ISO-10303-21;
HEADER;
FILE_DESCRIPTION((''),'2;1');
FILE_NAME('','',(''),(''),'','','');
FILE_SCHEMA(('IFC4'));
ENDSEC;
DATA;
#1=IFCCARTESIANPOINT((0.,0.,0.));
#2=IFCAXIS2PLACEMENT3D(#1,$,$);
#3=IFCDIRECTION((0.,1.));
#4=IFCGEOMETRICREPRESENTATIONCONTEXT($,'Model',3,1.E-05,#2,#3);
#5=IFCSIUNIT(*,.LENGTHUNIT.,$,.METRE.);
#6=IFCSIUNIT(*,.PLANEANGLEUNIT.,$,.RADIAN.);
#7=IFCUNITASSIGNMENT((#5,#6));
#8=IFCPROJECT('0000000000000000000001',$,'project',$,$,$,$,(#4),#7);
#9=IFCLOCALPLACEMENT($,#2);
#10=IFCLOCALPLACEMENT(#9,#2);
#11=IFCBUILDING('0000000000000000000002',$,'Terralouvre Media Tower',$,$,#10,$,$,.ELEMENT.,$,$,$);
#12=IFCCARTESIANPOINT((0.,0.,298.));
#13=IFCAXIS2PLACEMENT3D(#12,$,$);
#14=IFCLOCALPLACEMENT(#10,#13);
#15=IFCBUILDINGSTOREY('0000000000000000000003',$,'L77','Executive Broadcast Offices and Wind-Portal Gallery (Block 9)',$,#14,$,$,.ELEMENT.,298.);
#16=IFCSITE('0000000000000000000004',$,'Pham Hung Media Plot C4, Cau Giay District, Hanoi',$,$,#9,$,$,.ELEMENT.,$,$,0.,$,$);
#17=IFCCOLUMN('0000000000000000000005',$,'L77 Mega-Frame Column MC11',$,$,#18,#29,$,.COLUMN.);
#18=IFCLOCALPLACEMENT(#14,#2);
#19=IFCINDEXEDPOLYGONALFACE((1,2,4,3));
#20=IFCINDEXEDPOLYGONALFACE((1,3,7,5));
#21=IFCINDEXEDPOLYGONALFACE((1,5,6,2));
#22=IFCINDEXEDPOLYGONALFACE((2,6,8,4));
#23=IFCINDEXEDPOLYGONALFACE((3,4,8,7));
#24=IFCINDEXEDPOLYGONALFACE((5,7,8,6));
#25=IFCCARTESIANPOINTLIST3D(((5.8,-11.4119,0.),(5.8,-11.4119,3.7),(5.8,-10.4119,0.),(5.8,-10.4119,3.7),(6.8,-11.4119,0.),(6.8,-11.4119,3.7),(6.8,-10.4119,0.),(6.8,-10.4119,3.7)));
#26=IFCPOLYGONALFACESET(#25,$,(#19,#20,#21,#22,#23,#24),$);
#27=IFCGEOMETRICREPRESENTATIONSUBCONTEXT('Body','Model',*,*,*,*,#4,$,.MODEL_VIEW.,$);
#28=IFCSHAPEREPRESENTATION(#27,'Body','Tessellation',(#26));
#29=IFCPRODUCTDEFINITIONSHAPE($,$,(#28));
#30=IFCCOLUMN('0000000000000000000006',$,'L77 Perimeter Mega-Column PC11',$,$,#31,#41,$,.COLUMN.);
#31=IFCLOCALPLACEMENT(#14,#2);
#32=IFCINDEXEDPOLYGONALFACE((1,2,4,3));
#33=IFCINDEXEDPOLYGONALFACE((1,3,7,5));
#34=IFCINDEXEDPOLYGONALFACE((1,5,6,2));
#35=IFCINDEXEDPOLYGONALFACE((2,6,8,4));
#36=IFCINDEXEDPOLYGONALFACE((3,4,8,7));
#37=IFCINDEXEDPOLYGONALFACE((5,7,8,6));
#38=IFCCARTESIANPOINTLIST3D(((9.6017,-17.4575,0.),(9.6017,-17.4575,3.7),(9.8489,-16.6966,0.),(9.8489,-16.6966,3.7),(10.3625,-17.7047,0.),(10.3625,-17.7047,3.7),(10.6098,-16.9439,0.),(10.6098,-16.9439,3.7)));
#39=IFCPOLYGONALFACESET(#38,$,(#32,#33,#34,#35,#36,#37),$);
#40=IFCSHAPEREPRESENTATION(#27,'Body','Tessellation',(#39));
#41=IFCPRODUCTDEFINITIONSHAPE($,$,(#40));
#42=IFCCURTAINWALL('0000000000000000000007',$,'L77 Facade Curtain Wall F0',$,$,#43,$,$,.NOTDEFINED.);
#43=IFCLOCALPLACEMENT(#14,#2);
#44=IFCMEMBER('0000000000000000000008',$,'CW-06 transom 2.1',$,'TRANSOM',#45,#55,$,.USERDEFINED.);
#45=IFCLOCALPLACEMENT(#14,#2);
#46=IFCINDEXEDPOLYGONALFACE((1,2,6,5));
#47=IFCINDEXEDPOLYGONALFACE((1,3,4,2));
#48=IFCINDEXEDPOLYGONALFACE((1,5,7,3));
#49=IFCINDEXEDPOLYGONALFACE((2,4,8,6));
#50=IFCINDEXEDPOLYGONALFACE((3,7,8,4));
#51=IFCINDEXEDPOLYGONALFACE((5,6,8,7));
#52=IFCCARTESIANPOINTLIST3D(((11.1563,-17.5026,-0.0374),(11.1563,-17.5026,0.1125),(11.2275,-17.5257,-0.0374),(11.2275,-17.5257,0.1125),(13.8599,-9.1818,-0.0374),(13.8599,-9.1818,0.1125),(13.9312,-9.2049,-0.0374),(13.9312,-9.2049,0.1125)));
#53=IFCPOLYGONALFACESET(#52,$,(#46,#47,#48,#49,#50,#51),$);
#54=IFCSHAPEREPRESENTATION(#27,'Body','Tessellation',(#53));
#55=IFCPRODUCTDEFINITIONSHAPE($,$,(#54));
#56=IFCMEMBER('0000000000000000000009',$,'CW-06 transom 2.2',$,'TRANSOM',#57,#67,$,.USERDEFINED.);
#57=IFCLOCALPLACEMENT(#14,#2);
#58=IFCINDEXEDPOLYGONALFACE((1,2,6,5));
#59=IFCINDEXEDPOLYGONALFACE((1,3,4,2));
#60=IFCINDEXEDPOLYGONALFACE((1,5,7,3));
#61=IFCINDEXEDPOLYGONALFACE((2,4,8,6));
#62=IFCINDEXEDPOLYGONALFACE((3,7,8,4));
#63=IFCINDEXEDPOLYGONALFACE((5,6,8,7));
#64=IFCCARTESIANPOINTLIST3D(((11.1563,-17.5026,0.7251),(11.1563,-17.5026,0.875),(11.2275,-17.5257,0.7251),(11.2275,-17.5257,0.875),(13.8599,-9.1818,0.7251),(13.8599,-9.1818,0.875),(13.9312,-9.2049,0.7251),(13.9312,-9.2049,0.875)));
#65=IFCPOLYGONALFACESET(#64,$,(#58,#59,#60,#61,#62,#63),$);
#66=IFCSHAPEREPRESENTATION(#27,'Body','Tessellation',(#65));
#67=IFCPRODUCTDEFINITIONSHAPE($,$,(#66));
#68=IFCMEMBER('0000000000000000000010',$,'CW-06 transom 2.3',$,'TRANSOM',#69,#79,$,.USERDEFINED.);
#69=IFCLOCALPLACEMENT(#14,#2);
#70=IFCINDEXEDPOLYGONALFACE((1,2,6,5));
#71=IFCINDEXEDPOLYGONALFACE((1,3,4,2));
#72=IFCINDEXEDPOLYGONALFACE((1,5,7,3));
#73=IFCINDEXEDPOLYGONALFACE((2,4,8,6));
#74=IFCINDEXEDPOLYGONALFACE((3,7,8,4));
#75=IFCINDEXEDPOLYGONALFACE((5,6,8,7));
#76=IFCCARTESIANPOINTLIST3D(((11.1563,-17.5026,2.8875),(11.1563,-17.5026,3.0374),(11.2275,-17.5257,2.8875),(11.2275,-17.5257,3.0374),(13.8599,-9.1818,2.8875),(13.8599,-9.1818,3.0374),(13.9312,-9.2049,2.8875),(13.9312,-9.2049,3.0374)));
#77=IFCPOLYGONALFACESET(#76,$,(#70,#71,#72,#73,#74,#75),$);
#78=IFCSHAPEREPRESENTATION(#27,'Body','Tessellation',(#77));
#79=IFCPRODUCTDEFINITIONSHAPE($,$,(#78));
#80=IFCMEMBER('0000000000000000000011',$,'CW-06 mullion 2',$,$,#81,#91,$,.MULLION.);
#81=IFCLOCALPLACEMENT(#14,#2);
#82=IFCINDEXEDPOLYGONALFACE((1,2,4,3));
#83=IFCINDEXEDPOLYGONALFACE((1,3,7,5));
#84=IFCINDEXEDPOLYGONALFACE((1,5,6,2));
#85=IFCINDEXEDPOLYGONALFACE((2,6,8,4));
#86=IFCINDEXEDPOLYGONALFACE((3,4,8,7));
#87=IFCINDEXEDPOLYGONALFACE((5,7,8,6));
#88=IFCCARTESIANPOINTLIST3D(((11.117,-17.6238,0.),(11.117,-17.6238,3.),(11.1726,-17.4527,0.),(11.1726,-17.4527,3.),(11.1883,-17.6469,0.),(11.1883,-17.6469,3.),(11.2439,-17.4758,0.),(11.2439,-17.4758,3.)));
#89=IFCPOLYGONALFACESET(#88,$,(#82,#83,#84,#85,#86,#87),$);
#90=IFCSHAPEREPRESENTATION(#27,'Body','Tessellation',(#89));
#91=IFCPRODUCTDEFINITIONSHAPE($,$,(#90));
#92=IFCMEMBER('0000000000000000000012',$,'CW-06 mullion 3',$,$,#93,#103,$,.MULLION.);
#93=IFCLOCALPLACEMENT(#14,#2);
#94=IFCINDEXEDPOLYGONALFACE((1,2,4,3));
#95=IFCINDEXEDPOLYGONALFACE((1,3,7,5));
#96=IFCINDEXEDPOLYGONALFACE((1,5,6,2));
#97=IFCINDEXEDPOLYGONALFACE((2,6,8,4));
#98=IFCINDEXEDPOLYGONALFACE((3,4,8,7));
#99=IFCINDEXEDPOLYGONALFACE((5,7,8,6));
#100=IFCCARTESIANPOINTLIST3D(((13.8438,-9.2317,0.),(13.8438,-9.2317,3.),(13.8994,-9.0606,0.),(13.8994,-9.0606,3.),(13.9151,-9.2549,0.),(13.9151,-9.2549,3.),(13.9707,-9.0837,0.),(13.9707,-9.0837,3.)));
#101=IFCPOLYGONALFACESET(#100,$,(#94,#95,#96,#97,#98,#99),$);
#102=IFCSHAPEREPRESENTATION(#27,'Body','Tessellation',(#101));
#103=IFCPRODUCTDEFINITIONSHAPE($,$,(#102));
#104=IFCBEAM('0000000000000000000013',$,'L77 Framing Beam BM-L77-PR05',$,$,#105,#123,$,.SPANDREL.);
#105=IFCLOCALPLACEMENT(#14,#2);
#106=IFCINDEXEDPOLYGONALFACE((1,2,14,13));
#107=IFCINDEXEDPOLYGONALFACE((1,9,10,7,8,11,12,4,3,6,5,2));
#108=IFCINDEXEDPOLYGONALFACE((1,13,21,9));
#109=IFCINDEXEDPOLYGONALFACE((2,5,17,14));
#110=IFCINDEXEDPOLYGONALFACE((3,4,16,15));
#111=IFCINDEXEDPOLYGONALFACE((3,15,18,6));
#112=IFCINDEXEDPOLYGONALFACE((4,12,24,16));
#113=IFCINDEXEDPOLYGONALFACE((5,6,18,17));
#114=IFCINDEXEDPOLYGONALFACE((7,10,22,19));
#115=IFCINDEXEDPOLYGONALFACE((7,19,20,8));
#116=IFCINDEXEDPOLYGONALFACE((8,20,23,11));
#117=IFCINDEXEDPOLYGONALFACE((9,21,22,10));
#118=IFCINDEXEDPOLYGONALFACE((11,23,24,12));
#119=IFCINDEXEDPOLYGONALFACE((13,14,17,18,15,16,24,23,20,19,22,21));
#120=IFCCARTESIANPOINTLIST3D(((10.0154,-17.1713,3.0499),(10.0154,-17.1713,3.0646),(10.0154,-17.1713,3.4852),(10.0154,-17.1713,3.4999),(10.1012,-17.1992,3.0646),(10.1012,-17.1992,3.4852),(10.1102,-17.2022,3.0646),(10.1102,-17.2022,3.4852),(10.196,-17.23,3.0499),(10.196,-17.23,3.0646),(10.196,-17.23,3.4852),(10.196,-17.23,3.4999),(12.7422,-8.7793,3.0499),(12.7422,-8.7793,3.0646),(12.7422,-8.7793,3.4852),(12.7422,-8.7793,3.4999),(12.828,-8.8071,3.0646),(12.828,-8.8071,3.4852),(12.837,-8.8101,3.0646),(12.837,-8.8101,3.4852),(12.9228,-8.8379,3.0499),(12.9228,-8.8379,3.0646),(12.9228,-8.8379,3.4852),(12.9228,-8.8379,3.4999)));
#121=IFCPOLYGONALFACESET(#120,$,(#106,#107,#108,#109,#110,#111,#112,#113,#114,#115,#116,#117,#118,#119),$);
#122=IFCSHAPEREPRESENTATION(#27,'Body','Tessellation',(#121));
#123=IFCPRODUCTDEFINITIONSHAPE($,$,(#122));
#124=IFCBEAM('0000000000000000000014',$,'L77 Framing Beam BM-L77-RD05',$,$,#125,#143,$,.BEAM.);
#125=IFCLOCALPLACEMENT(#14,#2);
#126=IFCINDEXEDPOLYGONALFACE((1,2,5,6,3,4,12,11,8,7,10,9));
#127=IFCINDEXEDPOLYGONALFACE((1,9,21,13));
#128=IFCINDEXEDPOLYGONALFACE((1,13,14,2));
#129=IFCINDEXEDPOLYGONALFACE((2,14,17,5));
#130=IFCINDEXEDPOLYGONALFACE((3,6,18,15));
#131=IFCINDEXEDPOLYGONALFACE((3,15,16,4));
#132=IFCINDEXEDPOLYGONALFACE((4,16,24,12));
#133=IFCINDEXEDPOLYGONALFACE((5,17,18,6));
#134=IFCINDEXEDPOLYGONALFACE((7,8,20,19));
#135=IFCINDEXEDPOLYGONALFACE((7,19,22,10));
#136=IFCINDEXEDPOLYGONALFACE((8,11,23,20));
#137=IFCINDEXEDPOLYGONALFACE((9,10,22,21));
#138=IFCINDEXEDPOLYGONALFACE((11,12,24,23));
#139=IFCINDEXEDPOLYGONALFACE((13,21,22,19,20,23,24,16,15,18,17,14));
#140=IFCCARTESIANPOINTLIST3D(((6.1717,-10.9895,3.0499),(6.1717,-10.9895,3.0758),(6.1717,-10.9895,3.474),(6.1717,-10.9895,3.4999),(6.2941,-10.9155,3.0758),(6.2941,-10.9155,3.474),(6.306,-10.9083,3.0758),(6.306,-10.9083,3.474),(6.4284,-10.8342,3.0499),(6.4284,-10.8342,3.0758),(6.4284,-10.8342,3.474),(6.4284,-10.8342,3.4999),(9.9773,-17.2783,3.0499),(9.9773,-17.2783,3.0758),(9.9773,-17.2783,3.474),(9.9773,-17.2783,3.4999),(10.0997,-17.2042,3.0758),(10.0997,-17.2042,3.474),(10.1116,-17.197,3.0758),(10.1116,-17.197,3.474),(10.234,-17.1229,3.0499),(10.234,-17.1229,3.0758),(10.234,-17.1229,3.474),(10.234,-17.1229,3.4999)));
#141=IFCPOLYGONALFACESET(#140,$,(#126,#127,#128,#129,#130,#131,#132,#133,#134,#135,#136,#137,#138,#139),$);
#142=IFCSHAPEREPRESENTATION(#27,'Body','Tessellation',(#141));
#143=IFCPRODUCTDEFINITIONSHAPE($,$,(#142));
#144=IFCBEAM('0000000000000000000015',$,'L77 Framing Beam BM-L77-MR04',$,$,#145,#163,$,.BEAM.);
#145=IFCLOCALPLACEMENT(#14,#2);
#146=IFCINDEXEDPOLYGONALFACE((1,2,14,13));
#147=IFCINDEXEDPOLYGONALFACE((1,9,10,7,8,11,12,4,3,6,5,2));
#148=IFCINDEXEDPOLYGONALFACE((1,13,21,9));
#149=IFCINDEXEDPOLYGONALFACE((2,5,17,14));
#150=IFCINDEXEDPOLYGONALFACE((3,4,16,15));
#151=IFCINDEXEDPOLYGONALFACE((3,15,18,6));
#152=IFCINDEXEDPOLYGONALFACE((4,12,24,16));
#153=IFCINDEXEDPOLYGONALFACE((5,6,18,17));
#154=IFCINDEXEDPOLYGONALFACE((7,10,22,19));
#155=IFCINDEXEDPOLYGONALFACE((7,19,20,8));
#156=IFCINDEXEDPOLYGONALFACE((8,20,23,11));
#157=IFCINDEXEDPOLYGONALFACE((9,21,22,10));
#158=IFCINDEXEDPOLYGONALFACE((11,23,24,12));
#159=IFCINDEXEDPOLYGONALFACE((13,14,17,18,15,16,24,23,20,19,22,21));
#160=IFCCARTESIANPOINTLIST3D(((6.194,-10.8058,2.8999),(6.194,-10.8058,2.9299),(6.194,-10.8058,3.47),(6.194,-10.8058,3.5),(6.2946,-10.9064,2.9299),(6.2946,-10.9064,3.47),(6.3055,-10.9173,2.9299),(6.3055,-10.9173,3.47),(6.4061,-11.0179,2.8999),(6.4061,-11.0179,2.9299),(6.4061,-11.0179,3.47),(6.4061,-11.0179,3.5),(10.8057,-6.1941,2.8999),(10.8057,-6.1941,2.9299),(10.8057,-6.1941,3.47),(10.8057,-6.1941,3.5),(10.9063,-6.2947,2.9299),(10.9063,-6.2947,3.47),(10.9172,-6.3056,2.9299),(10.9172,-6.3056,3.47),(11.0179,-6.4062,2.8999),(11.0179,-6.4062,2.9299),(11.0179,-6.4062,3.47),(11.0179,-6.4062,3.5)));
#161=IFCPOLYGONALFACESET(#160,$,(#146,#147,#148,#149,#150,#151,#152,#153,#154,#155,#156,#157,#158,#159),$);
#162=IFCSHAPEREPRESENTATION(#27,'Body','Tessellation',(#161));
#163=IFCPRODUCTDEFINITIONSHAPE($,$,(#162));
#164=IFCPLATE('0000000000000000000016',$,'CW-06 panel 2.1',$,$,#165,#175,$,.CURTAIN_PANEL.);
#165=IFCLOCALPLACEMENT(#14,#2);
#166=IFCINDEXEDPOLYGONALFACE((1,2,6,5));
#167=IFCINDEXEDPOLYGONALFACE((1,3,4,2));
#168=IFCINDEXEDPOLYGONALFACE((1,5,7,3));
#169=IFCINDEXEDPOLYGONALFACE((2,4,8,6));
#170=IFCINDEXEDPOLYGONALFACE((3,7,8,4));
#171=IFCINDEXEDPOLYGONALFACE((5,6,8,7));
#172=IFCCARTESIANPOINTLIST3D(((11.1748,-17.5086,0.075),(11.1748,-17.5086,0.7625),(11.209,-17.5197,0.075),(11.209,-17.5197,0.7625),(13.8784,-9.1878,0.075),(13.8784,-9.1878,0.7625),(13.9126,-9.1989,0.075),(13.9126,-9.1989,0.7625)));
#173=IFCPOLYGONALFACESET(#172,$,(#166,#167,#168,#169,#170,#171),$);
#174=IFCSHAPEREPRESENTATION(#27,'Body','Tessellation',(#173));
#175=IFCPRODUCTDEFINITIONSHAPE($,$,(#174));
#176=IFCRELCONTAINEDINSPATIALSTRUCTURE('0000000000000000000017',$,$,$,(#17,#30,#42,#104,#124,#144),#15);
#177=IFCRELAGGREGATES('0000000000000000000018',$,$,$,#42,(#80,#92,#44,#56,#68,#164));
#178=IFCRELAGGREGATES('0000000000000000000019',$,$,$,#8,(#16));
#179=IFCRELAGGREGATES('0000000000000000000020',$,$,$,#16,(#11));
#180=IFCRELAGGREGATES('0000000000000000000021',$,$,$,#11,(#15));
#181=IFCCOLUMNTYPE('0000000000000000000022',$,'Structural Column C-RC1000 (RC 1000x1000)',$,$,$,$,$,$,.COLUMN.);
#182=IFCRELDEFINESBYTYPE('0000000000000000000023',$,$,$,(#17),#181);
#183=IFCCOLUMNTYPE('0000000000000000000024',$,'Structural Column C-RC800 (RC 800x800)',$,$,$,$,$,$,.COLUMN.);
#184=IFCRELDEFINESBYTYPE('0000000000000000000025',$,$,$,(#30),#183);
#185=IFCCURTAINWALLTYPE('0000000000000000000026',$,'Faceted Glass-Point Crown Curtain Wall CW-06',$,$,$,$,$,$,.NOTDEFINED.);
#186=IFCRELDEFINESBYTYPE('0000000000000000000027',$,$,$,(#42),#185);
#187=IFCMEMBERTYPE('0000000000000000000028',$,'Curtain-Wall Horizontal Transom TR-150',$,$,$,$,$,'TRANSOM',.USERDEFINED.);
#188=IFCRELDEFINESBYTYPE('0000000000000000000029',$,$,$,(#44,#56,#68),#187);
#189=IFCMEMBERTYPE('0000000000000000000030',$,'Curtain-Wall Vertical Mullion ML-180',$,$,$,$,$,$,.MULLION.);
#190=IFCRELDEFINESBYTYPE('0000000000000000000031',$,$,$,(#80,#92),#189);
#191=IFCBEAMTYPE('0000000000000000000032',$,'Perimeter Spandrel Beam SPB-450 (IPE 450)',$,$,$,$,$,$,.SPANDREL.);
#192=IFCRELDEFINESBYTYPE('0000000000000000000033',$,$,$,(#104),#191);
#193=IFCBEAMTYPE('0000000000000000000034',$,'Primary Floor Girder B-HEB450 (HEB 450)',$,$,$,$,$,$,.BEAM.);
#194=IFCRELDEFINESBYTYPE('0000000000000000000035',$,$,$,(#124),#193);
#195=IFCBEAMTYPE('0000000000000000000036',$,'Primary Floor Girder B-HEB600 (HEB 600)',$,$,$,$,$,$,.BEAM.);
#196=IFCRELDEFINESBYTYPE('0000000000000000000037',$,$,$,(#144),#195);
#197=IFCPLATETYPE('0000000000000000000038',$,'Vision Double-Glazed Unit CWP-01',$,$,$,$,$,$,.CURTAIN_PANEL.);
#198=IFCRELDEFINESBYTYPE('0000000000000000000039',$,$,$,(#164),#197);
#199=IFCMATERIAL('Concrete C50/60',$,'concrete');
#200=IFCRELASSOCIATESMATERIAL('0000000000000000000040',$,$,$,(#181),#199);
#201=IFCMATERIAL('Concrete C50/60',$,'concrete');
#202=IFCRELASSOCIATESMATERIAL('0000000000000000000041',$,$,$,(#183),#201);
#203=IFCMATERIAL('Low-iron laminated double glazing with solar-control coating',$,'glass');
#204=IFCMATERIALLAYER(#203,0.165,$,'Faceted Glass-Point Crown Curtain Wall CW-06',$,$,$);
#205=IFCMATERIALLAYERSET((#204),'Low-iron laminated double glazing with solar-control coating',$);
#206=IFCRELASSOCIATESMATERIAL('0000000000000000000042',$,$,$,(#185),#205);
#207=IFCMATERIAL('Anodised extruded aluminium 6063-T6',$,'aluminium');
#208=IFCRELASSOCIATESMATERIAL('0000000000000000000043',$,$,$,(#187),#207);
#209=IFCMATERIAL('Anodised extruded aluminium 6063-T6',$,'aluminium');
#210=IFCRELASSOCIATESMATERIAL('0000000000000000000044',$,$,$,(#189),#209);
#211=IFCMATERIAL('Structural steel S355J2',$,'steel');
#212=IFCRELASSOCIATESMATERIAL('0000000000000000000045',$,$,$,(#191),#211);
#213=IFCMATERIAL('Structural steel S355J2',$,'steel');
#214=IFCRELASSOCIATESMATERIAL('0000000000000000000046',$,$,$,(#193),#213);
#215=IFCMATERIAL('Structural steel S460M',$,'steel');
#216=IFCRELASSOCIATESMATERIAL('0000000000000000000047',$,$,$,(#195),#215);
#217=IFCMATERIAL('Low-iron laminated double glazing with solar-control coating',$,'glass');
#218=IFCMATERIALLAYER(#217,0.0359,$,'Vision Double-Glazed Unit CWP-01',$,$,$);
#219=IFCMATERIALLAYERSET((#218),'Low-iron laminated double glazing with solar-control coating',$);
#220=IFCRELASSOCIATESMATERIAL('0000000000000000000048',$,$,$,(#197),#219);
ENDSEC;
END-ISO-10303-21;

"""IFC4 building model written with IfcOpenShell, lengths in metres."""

from ifc_helpers import new_model, si_unit, direction, frame, origin, origin_2d, place, context, subcontext, project, spatial, rectangle, i_section, extrude, material, layer, layer_set, material_profile, profile_set, type_object, element, aggregate, save


model = new_model("IFC4")

# Units and contexts
model_context = context("Model", 3, precision=1e-05, world=origin(), true_north=direction((0.0, 1.0)))
body_context = subcontext(model_context, "Body", "Model", "MODEL_VIEW")
ifc_project = project(units=[si_unit("LENGTHUNIT", "METRE"), si_unit("PLANEANGLEUNIT", "RADIAN")], contexts=[model_context])

# Site, building, storey
site_placement = place(None, origin())
site = spatial("IfcSite", under=ifc_project, at=site_placement, Name="Pham Hung Media Plot C4, Cau Giay District, Hanoi", CompositionType="ELEMENT", RefElevation=0.0)
building_placement = place(site_placement, origin())
building = spatial("IfcBuilding", under=site, at=building_placement, Name="Terralouvre Media Tower", CompositionType="ELEMENT")
storey_placement = place(building_placement, frame((0.0, 0.0, 298.0)))
storey = spatial("IfcBuildingStorey", under=building, at=storey_placement, Name="L77", Description="Executive Broadcast Offices and Wind-Portal Gallery (Block 9)", CompositionType="ELEMENT", Elevation=298.0)

# Columns
ifc_material_1 = material(Name="Concrete C50/60", Category="concrete")
ifc_material_profile_1 = material_profile(ifc_material_1, rectangle(XDim=1.0, YDim=1.0, at=origin_2d()), Name="RC 1000x1000")
ifc_profile_set_1 = profile_set([ifc_material_profile_1], Name="Concrete C50/60")
column_type_1 = type_object("IfcColumnType", Name="Structural Column C-RC1000 (RC 1000x1000)", PredefinedType="COLUMN", material=ifc_profile_set_1)
column_1_placement = place(storey_placement, frame((6.3, -10.9119, 0.0), z_axis=(0.0, 0.0, 1.0), x_axis=(1.0, 0.0, 0.0)))
element("IfcColumn", 1, at=column_1_placement, inside=storey, type_object=column_type_1, Name="L77 Mega-Frame Column MC11", PredefinedType="COLUMN", context=body_context, shape_type="SweptSolid", body=[
    extrude(rectangle(XDim=1.0, YDim=1.0, at=origin_2d()), origin(), (0.0, 0.0, 1.0), 3.7),
])
ifc_material_2 = material(Name="Concrete C50/60", Category="concrete")
ifc_material_profile_2 = material_profile(ifc_material_2, rectangle(XDim=0.8, YDim=0.8, at=origin_2d()), Name="RC 800x800")
ifc_profile_set_2 = profile_set([ifc_material_profile_2], Name="Concrete C50/60")
column_type_2 = type_object("IfcColumnType", Name="Structural Column C-RC800 (RC 800x800)", PredefinedType="COLUMN", material=ifc_profile_set_2)
column_2_placement = place(storey_placement, frame((10.1057, -17.2007, 0.0), z_axis=(0.0, 0.0, 1.0), x_axis=(0.309017, 0.951057, 0.0)))
element("IfcColumn", 2, at=column_2_placement, inside=storey, type_object=column_type_2, Name="L77 Perimeter Mega-Column PC11", PredefinedType="COLUMN", context=body_context, shape_type="SweptSolid", body=[
    extrude(rectangle(XDim=0.8, YDim=0.8, at=origin_2d()), origin(), (0.0, 0.0, 1.0), 3.7),
])

# Curtain wall, members
ifc_material_3 = material(Name="Low-iron laminated double glazing with solar-control coating", Category="glass")
ifc_layer_1 = layer(ifc_material_3, 0.165, Name="Faceted Glass-Point Crown Curtain Wall CW-06")
ifc_layer_set_1 = layer_set([ifc_layer_1], Name="Low-iron laminated double glazing with solar-control coating")
curtain_wall_type = type_object("IfcCurtainWallType", Name="Faceted Glass-Point Crown Curtain Wall CW-06", PredefinedType="NOTDEFINED", material=ifc_layer_set_1)
curtain_wall_placement = place(storey_placement, origin())
curtain_wall = element("IfcCurtainWall", 3, at=curtain_wall_placement, inside=storey, type_object=curtain_wall_type, Name="L77 Facade Curtain Wall F0", PredefinedType="NOTDEFINED")
ifc_material_4 = material(Name="Anodised extruded aluminium 6063-T6", Category="aluminium")
ifc_material_profile_3 = material_profile(ifc_material_4, rectangle(XDim=0.075, YDim=0.1499, at=origin_2d()), Name="ALU 75x150")
ifc_profile_set_3 = profile_set([ifc_material_profile_3], Name="Anodised extruded aluminium 6063-T6")
member_type_1 = type_object("IfcMemberType", Name="Curtain-Wall Horizontal Transom TR-150", ElementType="TRANSOM", PredefinedType="USERDEFINED", material=ifc_profile_set_3)
member_1_placement = place(storey_placement, frame((11.1919, -17.5142, 0.0376), z_axis=(0.309019, 0.951056, 0.0), x_axis=(-0.951056, 0.309019, 0.0)))
member_1 = element("IfcMember", 4, at=member_1_placement, type_object=member_type_1, Name="CW-06 transom 2.1", ObjectType="TRANSOM", PredefinedType="USERDEFINED", context=body_context, shape_type="SweptSolid", body=[
    extrude(rectangle(XDim=0.075, YDim=0.1499, at=origin_2d()), origin(), (0.0, 0.0, 1.0), 8.749),
])
member_2_placement = place(storey_placement, frame((11.1919, -17.5142, 0.8), z_axis=(0.309019, 0.951056, 0.0), x_axis=(-0.951056, 0.309019, 0.0)))
member_2 = element("IfcMember", 5, at=member_2_placement, type_object=member_type_1, Name="CW-06 transom 2.2", ObjectType="TRANSOM", PredefinedType="USERDEFINED", context=body_context, shape_type="SweptSolid", body=[
    extrude(rectangle(XDim=0.075, YDim=0.1499, at=origin_2d()), origin(), (0.0, 0.0, 1.0), 8.749),
])
member_3_placement = place(storey_placement, frame((11.1919, -17.5142, 2.9624), z_axis=(0.309019, 0.951056, 0.0), x_axis=(-0.951056, 0.309019, 0.0)))
member_3 = element("IfcMember", 6, at=member_3_placement, type_object=member_type_1, Name="CW-06 transom 2.3", ObjectType="TRANSOM", PredefinedType="USERDEFINED", context=body_context, shape_type="SweptSolid", body=[
    extrude(rectangle(XDim=0.075, YDim=0.1499, at=origin_2d()), origin(), (0.0, 0.0, 1.0), 8.749),
])
ifc_material_5 = material(Name="Anodised extruded aluminium 6063-T6", Category="aluminium")
ifc_material_profile_4 = material_profile(ifc_material_5, rectangle(XDim=0.075, YDim=0.1799, at=origin_2d()), Name="ALU 75x180")
ifc_profile_set_4 = profile_set([ifc_material_profile_4], Name="Anodised extruded aluminium 6063-T6")
member_type_2 = type_object("IfcMemberType", Name="Curtain-Wall Vertical Mullion ML-180", PredefinedType="MULLION", material=ifc_profile_set_4)
member_4_placement = place(storey_placement, frame((11.1804, -17.5498, 0.0), z_axis=(0.0, 0.0, 1.0), x_axis=(-0.951057, 0.309017, 0.0)))
member_4 = element("IfcMember", 7, at=member_4_placement, type_object=member_type_2, Name="CW-06 mullion 2", PredefinedType="MULLION", context=body_context, shape_type="SweptSolid", body=[
    extrude(rectangle(XDim=0.075, YDim=0.1799, at=origin_2d()), origin(), (0.0, 0.0, 1.0), 3.0),
])
member_5_placement = place(storey_placement, frame((13.9072, -9.1577, 0.0), z_axis=(0.0, 0.0, 1.0), x_axis=(-0.951057, 0.309017, 0.0)))
member_5 = element("IfcMember", 8, at=member_5_placement, type_object=member_type_2, Name="CW-06 mullion 3", PredefinedType="MULLION", context=body_context, shape_type="SweptSolid", body=[
    extrude(rectangle(XDim=0.075, YDim=0.1799, at=origin_2d()), origin(), (0.0, 0.0, 1.0), 3.0),
])

# Beams
ifc_material_6 = material(Name="Structural steel S355J2", Category="steel")
ifc_material_profile_5 = material_profile(ifc_material_6, i_section(OverallWidth=0.1899, OverallDepth=0.45, WebThickness=0.0095, FlangeThickness=0.0146, at=origin_2d()), Name="IPE 450")
ifc_profile_set_5 = profile_set([ifc_material_profile_5], Name="Structural steel S355J2")
beam_type_1 = type_object("IfcBeamType", Name="Perimeter Spandrel Beam SPB-450 (IPE 450)", PredefinedType="SPANDREL", material=ifc_profile_set_5)
beam_1_placement = place(storey_placement, frame((10.1057, -17.2007, 3.2749), z_axis=(0.309022, 0.951055, 0.0), x_axis=(-0.951055, 0.309022, 0.0)))
element("IfcBeam", 9, at=beam_1_placement, inside=storey, type_object=beam_type_1, Name="L77 Framing Beam BM-L77-PR05", PredefinedType="SPANDREL", context=body_context, shape_type="SweptSolid", body=[
    extrude(i_section(OverallWidth=0.1899, OverallDepth=0.45, WebThickness=0.0095, FlangeThickness=0.0146, at=origin_2d()), origin(), (0.0, 0.0, 1.0), 8.824),
])
ifc_material_7 = material(Name="Structural steel S355J2", Category="steel")
ifc_material_profile_6 = material_profile(ifc_material_7, i_section(OverallWidth=0.3, OverallDepth=0.45, WebThickness=0.0139, FlangeThickness=0.0259, at=origin_2d()), Name="HEB 450")
ifc_profile_set_6 = profile_set([ifc_material_profile_6], Name="Structural steel S355J2")
beam_type_2 = type_object("IfcBeamType", Name="Primary Floor Girder B-HEB450 (HEB 450)", PredefinedType="BEAM", material=ifc_profile_set_6)
beam_2_placement = place(storey_placement, frame((6.3, -10.9119, 3.2749), z_axis=(0.51773, -0.855544, 0.0), x_axis=(0.855544, 0.51773, 0.0)))
element("IfcBeam", 10, at=beam_2_placement, inside=storey, type_object=beam_type_2, Name="L77 Framing Beam BM-L77-RD05", PredefinedType="BEAM", context=body_context, shape_type="SweptSolid", body=[
    extrude(i_section(OverallWidth=0.3, OverallDepth=0.45, WebThickness=0.0139, FlangeThickness=0.0259, at=origin_2d()), origin(), (0.0, 0.0, 1.0), 7.3506),
])
ifc_material_8 = material(Name="Structural steel S460M", Category="steel")
ifc_material_profile_7 = material_profile(ifc_material_8, i_section(OverallWidth=0.3, OverallDepth=0.6001, WebThickness=0.0154, FlangeThickness=0.03, at=origin_2d()), Name="HEB 600")
ifc_profile_set_7 = profile_set([ifc_material_profile_7], Name="Structural steel S460M")
beam_type_3 = type_object("IfcBeamType", Name="Primary Floor Girder B-HEB600 (HEB 600)", PredefinedType="BEAM", material=ifc_profile_set_7)
beam_3_placement = place(storey_placement, frame((6.3, -10.9119, 3.2), z_axis=(0.707107, 0.707107, 0.0), x_axis=(-0.707107, 0.707107, 0.0)))
element("IfcBeam", 11, at=beam_3_placement, inside=storey, type_object=beam_type_3, Name="L77 Framing Beam BM-L77-MR04", PredefinedType="BEAM", context=body_context, shape_type="SweptSolid", body=[
    extrude(i_section(OverallWidth=0.3, OverallDepth=0.6001, WebThickness=0.0154, FlangeThickness=0.03, at=origin_2d()), origin(), (0.0, 0.0, 1.0), 6.522),
])

# Plate
ifc_material_9 = material(Name="Low-iron laminated double glazing with solar-control coating", Category="glass")
ifc_layer_2 = layer(ifc_material_9, 0.0359, Name="Vision Double-Glazed Unit CWP-01")
ifc_layer_set_2 = layer_set([ifc_layer_2], Name="Low-iron laminated double glazing with solar-control coating")
plate_type = type_object("IfcPlateType", Name="Vision Double-Glazed Unit CWP-01", PredefinedType="CURTAIN_PANEL", material=ifc_layer_set_2)
plate_1_placement = place(storey_placement, frame((12.5437, -13.3538, 0.075), z_axis=(0.0, 0.0, 1.0), x_axis=(0.309017, 0.951057, 0.0)))
plate_1 = element("IfcPlate", 12, at=plate_1_placement, type_object=plate_type, Name="CW-06 panel 2.1", PredefinedType="CURTAIN_PANEL", context=body_context, shape_type="SweptSolid", body=[
    extrude(rectangle(XDim=8.749, YDim=0.0359, at=origin_2d()), origin(), (0.0, 0.0, 1.0), 0.6875),
])
aggregate(curtain_wall, [member_4, member_5, member_1, member_2, member_3, plate_1])

save(model, "model.ifc")
